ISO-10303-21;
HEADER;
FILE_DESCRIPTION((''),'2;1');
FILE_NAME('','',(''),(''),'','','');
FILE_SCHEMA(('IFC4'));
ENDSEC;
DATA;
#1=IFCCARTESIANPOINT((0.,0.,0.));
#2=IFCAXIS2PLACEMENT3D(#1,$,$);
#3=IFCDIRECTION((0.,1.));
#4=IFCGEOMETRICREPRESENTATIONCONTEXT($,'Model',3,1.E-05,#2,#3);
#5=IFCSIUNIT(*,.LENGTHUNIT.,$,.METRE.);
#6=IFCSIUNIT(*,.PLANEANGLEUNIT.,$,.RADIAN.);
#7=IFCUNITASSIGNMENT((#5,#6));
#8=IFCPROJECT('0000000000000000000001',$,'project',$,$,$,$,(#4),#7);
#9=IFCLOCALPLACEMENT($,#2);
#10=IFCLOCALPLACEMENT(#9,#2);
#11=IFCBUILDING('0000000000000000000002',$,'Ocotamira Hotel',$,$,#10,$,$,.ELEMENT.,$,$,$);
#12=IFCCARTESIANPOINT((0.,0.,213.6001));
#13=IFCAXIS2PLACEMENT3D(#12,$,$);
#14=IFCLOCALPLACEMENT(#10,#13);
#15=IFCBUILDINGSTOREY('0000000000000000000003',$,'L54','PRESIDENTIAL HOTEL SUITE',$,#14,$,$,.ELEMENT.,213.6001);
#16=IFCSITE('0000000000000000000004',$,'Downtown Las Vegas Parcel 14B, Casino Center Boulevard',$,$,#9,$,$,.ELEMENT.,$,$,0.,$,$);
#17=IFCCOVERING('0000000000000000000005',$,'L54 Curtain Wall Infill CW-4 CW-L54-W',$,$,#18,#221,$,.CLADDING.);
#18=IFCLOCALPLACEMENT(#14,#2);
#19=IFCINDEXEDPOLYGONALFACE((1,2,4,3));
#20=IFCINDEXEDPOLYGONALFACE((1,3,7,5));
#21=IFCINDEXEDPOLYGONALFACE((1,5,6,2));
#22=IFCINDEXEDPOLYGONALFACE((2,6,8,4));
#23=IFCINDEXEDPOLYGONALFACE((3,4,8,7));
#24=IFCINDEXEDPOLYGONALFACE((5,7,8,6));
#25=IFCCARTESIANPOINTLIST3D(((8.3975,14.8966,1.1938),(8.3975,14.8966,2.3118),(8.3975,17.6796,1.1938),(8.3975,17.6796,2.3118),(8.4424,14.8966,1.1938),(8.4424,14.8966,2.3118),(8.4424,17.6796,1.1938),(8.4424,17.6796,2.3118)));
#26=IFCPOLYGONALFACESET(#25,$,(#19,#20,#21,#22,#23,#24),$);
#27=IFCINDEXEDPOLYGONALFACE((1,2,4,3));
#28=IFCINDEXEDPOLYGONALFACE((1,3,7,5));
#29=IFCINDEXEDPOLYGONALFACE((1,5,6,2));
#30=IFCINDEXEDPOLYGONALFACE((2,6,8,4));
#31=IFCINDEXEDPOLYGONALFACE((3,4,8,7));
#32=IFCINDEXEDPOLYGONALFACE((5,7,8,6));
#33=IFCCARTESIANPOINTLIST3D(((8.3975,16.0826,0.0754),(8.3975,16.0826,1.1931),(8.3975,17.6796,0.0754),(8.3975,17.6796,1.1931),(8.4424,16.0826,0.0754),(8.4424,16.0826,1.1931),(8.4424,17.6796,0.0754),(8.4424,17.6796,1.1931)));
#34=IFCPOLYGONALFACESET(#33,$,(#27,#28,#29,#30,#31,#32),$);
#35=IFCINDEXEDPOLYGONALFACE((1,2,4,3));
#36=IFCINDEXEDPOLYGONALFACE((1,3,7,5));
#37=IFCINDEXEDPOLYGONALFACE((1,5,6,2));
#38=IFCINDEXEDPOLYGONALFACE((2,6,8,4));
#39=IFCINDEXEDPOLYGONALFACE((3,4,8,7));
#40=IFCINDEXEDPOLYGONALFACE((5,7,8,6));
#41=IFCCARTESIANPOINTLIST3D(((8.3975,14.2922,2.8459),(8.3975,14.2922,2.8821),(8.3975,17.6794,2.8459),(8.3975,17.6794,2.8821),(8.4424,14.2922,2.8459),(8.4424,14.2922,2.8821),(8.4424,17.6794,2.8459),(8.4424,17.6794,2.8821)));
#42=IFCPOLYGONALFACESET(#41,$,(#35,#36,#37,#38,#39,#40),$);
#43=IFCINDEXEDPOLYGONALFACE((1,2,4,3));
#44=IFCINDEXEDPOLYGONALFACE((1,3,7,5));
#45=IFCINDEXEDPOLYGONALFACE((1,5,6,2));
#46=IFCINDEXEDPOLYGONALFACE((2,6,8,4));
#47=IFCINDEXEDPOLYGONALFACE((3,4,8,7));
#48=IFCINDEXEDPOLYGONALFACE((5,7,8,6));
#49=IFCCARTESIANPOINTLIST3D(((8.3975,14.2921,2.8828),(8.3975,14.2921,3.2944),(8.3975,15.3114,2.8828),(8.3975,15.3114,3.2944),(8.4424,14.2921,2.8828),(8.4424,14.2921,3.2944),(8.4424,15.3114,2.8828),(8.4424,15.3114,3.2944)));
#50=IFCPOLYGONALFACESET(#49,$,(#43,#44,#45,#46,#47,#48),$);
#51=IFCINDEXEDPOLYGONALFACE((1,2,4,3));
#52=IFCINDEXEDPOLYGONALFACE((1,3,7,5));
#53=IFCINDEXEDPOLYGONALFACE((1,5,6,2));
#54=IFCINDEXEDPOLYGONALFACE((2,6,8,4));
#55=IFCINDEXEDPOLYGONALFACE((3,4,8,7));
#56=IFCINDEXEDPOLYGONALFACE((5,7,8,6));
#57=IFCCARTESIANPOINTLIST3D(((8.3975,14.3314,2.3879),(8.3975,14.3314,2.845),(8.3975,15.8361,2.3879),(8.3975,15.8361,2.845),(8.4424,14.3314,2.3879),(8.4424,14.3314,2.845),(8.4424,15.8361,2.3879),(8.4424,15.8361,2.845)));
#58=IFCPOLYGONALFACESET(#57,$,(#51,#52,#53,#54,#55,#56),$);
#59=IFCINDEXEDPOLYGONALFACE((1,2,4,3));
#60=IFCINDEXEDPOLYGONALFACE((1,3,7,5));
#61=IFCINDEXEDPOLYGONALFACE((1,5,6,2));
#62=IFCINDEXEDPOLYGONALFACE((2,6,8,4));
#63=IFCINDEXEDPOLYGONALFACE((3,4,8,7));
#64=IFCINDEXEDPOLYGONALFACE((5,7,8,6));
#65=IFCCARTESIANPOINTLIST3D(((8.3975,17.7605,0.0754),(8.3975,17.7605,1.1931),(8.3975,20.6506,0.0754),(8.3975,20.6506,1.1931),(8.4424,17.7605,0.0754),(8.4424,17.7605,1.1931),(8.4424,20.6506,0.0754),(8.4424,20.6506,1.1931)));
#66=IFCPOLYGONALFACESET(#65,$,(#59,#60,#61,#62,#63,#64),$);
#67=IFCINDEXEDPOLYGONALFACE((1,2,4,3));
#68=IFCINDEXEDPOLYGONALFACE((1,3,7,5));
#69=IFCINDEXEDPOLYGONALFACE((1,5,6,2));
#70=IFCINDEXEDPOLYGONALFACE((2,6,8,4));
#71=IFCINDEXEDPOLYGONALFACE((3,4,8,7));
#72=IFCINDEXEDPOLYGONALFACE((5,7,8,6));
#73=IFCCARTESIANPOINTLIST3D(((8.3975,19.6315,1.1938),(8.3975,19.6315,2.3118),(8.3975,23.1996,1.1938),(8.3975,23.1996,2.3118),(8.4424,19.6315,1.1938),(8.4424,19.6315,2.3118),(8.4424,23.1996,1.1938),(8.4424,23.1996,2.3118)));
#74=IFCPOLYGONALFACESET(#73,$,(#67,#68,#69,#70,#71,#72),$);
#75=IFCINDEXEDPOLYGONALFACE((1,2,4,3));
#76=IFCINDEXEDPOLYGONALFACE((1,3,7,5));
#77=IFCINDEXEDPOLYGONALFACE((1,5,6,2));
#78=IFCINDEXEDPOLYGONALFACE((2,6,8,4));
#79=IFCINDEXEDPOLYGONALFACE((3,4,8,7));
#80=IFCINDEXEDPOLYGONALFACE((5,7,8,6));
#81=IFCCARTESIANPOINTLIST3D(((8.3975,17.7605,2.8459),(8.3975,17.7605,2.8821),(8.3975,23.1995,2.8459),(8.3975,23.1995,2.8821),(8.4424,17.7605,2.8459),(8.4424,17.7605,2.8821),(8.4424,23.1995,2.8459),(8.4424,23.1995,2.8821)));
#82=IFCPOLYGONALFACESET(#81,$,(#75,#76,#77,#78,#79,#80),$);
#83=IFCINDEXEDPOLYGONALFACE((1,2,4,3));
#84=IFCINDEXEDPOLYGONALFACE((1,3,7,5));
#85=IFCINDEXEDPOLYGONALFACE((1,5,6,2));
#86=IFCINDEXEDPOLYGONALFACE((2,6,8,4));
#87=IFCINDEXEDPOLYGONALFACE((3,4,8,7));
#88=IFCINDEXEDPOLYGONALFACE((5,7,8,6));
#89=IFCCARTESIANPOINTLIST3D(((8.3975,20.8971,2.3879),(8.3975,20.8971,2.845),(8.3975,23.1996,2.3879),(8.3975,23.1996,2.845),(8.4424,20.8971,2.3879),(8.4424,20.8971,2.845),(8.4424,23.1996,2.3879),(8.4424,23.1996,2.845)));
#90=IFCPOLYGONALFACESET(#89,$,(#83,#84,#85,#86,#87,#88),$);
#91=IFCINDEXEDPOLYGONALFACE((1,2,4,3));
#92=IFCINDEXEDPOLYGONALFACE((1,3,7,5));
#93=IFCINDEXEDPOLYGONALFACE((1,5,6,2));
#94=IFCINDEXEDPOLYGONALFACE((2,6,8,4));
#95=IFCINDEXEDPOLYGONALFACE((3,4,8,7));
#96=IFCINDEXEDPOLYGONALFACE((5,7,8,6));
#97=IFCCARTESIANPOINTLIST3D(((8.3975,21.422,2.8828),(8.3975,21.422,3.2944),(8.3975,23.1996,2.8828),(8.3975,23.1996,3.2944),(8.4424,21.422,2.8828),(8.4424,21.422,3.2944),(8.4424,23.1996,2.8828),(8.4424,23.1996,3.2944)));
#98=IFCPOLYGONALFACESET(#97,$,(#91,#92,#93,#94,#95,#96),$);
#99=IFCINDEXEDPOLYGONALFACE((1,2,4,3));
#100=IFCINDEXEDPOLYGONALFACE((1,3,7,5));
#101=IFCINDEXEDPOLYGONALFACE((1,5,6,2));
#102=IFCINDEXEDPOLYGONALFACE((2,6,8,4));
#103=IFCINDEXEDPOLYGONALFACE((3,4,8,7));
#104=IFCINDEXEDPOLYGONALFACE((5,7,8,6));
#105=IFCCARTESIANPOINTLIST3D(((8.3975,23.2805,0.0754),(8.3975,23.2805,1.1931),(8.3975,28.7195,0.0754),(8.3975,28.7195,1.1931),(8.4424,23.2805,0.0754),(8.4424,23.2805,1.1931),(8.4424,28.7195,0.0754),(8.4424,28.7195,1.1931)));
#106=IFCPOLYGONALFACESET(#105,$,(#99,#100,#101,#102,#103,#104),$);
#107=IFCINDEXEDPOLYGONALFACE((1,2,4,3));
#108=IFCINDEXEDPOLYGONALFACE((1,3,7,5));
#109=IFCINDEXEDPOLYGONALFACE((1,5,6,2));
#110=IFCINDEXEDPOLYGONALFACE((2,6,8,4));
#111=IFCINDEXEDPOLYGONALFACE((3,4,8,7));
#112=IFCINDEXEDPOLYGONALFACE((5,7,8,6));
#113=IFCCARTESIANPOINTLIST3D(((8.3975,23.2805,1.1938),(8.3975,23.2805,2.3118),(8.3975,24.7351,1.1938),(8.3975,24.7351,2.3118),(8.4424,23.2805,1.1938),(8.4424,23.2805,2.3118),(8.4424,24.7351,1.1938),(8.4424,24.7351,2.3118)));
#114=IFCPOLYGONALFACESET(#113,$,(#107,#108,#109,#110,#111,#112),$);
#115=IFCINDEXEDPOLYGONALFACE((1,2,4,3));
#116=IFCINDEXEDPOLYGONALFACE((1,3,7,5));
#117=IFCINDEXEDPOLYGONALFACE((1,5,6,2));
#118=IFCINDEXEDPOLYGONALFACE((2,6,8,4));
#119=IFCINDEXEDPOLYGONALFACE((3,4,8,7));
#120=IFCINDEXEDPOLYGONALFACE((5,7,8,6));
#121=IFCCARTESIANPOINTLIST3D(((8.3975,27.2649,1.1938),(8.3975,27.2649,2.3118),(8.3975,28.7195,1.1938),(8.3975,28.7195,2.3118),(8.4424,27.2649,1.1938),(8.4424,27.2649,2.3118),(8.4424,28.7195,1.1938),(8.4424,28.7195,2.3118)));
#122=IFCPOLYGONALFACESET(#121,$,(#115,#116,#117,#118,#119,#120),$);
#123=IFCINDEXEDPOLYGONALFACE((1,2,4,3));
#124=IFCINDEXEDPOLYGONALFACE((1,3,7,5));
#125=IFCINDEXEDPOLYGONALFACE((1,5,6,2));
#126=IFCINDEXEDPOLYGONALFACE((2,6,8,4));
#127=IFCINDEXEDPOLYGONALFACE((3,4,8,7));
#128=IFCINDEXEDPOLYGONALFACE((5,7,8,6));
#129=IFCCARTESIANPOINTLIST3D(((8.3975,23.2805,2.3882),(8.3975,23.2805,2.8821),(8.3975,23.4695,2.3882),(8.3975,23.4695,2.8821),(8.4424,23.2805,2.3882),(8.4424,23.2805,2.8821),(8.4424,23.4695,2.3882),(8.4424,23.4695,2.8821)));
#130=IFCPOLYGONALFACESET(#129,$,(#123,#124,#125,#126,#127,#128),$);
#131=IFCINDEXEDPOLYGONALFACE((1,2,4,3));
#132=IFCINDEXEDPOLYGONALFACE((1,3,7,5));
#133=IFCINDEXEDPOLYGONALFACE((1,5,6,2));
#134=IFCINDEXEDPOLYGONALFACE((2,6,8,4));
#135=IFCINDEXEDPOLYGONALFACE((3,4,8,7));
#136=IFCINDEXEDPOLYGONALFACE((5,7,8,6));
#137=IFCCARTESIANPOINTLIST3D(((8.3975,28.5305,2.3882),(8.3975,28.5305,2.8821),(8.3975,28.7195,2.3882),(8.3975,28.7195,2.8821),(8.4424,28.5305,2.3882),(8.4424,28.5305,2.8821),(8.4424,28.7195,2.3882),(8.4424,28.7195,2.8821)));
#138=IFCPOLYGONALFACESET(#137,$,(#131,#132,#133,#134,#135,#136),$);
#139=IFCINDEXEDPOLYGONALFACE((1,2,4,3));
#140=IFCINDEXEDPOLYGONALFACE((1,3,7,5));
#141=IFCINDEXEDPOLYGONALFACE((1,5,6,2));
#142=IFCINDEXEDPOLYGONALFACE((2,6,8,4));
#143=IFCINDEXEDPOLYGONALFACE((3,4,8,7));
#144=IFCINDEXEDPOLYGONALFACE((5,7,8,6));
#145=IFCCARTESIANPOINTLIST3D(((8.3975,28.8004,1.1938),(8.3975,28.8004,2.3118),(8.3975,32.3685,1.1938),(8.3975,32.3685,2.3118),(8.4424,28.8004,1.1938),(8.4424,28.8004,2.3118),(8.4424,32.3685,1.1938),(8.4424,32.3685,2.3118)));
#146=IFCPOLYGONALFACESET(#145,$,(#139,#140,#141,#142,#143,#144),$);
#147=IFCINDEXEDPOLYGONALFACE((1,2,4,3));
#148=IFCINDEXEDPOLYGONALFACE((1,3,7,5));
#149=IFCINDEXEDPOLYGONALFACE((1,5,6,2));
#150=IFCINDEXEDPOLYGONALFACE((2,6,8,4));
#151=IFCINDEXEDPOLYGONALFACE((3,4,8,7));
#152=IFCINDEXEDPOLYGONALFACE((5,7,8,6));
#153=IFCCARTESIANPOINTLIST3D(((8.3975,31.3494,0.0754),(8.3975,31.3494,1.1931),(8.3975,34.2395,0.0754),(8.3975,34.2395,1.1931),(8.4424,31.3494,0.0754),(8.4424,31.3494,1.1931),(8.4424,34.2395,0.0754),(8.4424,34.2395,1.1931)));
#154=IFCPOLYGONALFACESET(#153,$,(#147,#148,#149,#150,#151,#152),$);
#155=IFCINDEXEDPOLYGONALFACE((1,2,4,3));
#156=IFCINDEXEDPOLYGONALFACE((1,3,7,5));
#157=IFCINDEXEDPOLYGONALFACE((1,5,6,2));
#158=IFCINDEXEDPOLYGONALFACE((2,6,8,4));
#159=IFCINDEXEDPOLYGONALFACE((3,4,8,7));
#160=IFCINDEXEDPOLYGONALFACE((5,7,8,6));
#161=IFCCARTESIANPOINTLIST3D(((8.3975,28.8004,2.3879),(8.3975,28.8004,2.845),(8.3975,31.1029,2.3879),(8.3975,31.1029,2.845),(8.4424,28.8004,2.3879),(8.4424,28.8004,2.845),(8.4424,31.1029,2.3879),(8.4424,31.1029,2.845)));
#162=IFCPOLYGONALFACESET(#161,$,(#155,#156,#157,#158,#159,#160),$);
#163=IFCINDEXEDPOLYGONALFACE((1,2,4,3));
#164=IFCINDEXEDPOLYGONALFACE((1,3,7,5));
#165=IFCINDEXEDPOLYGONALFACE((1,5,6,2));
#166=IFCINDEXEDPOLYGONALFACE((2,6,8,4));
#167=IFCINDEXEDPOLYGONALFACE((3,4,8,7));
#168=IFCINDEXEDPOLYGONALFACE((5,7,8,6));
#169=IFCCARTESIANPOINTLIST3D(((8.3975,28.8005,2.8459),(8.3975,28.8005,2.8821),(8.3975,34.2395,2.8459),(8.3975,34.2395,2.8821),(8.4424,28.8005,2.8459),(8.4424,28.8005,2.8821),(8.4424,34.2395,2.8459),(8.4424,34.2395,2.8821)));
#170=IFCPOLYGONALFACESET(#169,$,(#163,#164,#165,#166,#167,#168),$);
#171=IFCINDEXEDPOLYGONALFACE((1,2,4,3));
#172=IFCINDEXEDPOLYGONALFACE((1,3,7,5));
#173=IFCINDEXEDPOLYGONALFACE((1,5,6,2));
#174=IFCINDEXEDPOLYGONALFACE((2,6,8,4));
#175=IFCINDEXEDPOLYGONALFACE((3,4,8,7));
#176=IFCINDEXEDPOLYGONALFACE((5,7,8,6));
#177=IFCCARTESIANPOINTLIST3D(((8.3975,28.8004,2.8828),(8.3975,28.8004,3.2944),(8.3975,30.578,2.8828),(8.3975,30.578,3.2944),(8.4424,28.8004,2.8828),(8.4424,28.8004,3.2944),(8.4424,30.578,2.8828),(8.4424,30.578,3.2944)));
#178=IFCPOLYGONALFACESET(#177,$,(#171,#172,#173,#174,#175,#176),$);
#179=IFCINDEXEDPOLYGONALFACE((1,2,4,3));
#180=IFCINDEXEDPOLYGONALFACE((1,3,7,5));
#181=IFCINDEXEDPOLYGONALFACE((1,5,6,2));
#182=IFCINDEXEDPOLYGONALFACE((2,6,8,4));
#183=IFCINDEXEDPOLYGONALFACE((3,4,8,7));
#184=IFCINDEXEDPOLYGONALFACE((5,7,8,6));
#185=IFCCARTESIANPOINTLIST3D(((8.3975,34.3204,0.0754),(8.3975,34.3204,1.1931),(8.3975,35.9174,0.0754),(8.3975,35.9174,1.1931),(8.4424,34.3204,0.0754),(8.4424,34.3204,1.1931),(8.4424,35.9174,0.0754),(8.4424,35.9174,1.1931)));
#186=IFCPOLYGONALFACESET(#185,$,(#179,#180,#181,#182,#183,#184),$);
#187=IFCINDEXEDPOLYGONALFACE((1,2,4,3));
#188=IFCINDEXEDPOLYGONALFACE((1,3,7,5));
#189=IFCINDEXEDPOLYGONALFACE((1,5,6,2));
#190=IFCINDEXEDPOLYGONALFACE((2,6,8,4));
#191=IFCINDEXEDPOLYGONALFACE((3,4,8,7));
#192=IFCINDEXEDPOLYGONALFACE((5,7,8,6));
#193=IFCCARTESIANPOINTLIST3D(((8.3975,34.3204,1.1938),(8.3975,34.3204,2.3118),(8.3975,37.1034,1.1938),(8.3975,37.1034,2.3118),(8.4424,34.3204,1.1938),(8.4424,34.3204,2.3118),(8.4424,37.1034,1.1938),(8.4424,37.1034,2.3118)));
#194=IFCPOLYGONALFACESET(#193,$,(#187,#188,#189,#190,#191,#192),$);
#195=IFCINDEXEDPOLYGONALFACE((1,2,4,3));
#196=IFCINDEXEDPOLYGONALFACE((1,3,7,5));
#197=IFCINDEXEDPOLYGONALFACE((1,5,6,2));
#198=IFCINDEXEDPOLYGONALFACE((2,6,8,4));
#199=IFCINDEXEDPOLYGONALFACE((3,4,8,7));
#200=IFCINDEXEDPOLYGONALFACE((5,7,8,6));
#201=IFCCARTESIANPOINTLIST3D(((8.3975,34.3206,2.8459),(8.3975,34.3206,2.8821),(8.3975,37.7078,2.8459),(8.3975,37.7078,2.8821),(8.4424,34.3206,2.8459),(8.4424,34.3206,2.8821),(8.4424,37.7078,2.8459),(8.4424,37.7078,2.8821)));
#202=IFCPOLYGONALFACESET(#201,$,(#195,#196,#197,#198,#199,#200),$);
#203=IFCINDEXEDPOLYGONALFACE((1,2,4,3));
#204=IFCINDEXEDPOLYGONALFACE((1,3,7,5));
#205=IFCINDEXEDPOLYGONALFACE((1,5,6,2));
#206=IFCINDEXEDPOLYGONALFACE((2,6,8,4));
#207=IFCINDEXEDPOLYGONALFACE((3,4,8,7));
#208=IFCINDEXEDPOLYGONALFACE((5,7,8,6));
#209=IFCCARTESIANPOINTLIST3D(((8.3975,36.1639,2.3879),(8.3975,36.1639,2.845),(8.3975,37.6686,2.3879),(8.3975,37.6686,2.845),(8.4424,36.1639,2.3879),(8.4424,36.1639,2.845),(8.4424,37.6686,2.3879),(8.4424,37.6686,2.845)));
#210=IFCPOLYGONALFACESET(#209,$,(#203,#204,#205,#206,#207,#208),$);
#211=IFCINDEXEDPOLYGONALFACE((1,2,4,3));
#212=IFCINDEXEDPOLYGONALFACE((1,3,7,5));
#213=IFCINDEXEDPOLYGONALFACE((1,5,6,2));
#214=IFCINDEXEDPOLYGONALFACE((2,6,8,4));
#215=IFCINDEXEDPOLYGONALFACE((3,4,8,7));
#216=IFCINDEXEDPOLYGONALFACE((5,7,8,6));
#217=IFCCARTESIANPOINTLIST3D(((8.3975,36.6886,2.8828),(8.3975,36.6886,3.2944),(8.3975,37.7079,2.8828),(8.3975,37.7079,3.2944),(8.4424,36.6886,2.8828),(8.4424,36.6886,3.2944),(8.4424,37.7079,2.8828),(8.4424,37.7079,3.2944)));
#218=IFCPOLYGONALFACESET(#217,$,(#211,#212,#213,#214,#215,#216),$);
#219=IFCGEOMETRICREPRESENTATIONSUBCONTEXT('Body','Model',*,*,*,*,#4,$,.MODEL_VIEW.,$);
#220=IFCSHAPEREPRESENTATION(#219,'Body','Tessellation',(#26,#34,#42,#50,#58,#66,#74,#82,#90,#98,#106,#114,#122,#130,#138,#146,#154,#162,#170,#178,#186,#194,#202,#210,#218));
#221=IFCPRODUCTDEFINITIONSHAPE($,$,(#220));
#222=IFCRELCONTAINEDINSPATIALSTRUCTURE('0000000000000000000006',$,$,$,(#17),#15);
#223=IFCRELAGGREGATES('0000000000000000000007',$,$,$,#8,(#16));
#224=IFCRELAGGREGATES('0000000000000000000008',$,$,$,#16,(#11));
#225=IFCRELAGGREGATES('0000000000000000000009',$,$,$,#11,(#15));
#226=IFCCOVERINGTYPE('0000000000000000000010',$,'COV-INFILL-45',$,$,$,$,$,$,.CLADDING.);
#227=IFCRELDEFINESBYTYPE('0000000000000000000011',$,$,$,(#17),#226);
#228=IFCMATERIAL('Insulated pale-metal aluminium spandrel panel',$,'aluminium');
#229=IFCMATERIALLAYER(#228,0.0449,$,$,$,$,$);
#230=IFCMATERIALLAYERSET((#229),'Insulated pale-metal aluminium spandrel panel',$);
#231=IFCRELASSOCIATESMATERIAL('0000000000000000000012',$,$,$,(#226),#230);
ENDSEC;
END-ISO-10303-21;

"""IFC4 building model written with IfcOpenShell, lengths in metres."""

from ifc_helpers import new_model, si_unit, direction, frame, origin, origin_2d, place, context, subcontext, project, spatial, rectangle, extrude, material, layer, layer_set, type_object, element, save


model = new_model("IFC4")

# Units and contexts
model_context = context("Model", 3, precision=1e-05, world=origin(), true_north=direction((0.0, 1.0)))
body_context = subcontext(model_context, "Body", "Model", "MODEL_VIEW")
ifc_project = project(units=[si_unit("LENGTHUNIT", "METRE"), si_unit("PLANEANGLEUNIT", "RADIAN")], contexts=[model_context])

# Site, building, storey
site_placement = place(None, origin())
site = spatial("IfcSite", under=ifc_project, at=site_placement, Name="Downtown Las Vegas Parcel 14B, Casino Center Boulevard", CompositionType="ELEMENT", RefElevation=0.0)
building_placement = place(site_placement, origin())
building = spatial("IfcBuilding", under=site, at=building_placement, Name="Ocotamira Hotel", CompositionType="ELEMENT")
storey_placement = place(building_placement, frame((0.0, 0.0, 213.6001)))
storey = spatial("IfcBuildingStorey", under=building, at=storey_placement, Name="L54", Description="PRESIDENTIAL HOTEL SUITE", CompositionType="ELEMENT", Elevation=213.6001)

# Covering
ifc_material_1 = material(Name="Insulated pale-metal aluminium spandrel panel", Category="aluminium")
ifc_layer_1 = layer(ifc_material_1, 0.0449)
ifc_layer_set_1 = layer_set([ifc_layer_1], Name="Insulated pale-metal aluminium spandrel panel")
covering_type_1 = type_object("IfcCoveringType", Name="COV-INFILL-45", PredefinedType="CLADDING", material=ifc_layer_set_1)
covering_1_placement = place(storey_placement, origin())
element("IfcCovering", 1, at=covering_1_placement, inside=storey, type_object=covering_type_1, Name="L54 Curtain Wall Infill CW-4 CW-L54-W", PredefinedType="CLADDING", context=body_context, shape_type="SweptSolid", body=[
    extrude(rectangle(XDim=2.783, YDim=0.0449, at=origin_2d()), frame((8.4199, 16.2881, 1.1938), z_axis=(0.0, 0.0, 1.0), x_axis=(0.0, 1.0, 0.0)), (0.0, 0.0, 1.0), 1.1179),
    extrude(rectangle(XDim=1.5969, YDim=0.0449, at=origin_2d()), frame((8.4199, 16.8811, 0.0754), z_axis=(0.0, 0.0, 1.0), x_axis=(0.0, 1.0, 0.0)), (0.0, 0.0, 1.0), 1.1177),
    extrude(rectangle(XDim=3.3872, YDim=0.0449, at=origin_2d()), frame((8.4199, 15.9858, 2.8459), z_axis=(0.0, 0.0, 1.0), x_axis=(0.0, 1.0, 0.0)), (0.0, 0.0, 1.0), 0.0361),
    extrude(rectangle(XDim=1.0193, YDim=0.0449, at=origin_2d()), frame((8.4199, 14.8018, 2.8828), z_axis=(0.0, 0.0, 1.0), x_axis=(0.0, 1.0, 0.0)), (0.0, 0.0, 1.0), 0.4116),
    extrude(rectangle(XDim=1.5046, YDim=0.0449, at=origin_2d()), frame((8.4199, 15.0837, 2.3879), z_axis=(0.0, 0.0, 1.0), x_axis=(0.0, 1.0, 0.0)), (0.0, 0.0, 1.0), 0.457),
    extrude(rectangle(XDim=2.8901, YDim=0.0449, at=origin_2d()), frame((8.4199, 19.2056, 0.0754), z_axis=(0.0, 0.0, 1.0), x_axis=(0.0, 1.0, 0.0)), (0.0, 0.0, 1.0), 1.1177),
    extrude(rectangle(XDim=3.5681, YDim=0.0449, at=origin_2d()), frame((8.4199, 21.4155, 1.1938), z_axis=(0.0, 0.0, 1.0), x_axis=(0.0, 1.0, 0.0)), (0.0, 0.0, 1.0), 1.1179),
    extrude(rectangle(XDim=5.439, YDim=0.0449, at=origin_2d()), frame((8.4199, 20.48, 2.8459), z_axis=(0.0, 0.0, 1.0), x_axis=(0.0, 1.0, 0.0)), (0.0, 0.0, 1.0), 0.0361),
    extrude(rectangle(XDim=2.3025, YDim=0.0449, at=origin_2d()), frame((8.4199, 22.0483, 2.3879), z_axis=(0.0, 0.0, 1.0), x_axis=(0.0, 1.0, 0.0)), (0.0, 0.0, 1.0), 0.457),
    extrude(rectangle(XDim=1.7776, YDim=0.0449, at=origin_2d()), frame((8.4199, 22.3108, 2.8828), z_axis=(0.0, 0.0, 1.0), x_axis=(0.0, 1.0, 0.0)), (0.0, 0.0, 1.0), 0.4116),
    extrude(rectangle(XDim=5.439, YDim=0.0449, at=origin_2d()), frame((8.4199, 26.0, 0.0754), z_axis=(0.0, 0.0, 1.0), x_axis=(0.0, 1.0, 0.0)), (0.0, 0.0, 1.0), 1.1177),
    extrude(rectangle(XDim=1.4546, YDim=0.0449, at=origin_2d()), frame((8.4199, 24.0078, 1.1938), z_axis=(0.0, 0.0, 1.0), x_axis=(0.0, 1.0, 0.0)), (0.0, 0.0, 1.0), 1.1179),
    extrude(rectangle(XDim=1.4546, YDim=0.0449, at=origin_2d()), frame((8.4199, 27.9922, 1.1938), z_axis=(0.0, 0.0, 1.0), x_axis=(0.0, 1.0, 0.0)), (0.0, 0.0, 1.0), 1.1179),
    extrude(rectangle(XDim=0.189, YDim=0.0449, at=origin_2d()), frame((8.4199, 23.375, 2.3882), z_axis=(0.0, 0.0, 1.0), x_axis=(0.0, 1.0, 0.0)), (0.0, 0.0, 1.0), 0.4939),
    extrude(rectangle(XDim=0.189, YDim=0.0449, at=origin_2d()), frame((8.4199, 28.625, 2.3882), z_axis=(0.0, 0.0, 1.0), x_axis=(0.0, 1.0, 0.0)), (0.0, 0.0, 1.0), 0.4939),
    extrude(rectangle(XDim=3.5681, YDim=0.0449, at=origin_2d()), frame((8.4199, 30.5845, 1.1938), z_axis=(0.0, 0.0, 1.0), x_axis=(0.0, 1.0, 0.0)), (0.0, 0.0, 1.0), 1.1179),
    extrude(rectangle(XDim=2.8901, YDim=0.0449, at=origin_2d()), frame((8.4199, 32.7944, 0.0754), z_axis=(0.0, 0.0, 1.0), x_axis=(0.0, 1.0, 0.0)), (0.0, 0.0, 1.0), 1.1177),
    extrude(rectangle(XDim=2.3025, YDim=0.0449, at=origin_2d()), frame((8.4199, 29.9517, 2.3879), z_axis=(0.0, 0.0, 1.0), x_axis=(0.0, 1.0, 0.0)), (0.0, 0.0, 1.0), 0.457),
    extrude(rectangle(XDim=5.439, YDim=0.0449, at=origin_2d()), frame((8.4199, 31.52, 2.8459), z_axis=(0.0, 0.0, 1.0), x_axis=(0.0, 1.0, 0.0)), (0.0, 0.0, 1.0), 0.0361),
    extrude(rectangle(XDim=1.7776, YDim=0.0449, at=origin_2d()), frame((8.4199, 29.6892, 2.8828), z_axis=(0.0, 0.0, 1.0), x_axis=(0.0, 1.0, 0.0)), (0.0, 0.0, 1.0), 0.4116),
    extrude(rectangle(XDim=1.5969, YDim=0.0449, at=origin_2d()), frame((8.4199, 35.1189, 0.0754), z_axis=(0.0, 0.0, 1.0), x_axis=(0.0, 1.0, 0.0)), (0.0, 0.0, 1.0), 1.1177),
    extrude(rectangle(XDim=2.783, YDim=0.0449, at=origin_2d()), frame((8.4199, 35.7119, 1.1938), z_axis=(0.0, 0.0, 1.0), x_axis=(0.0, 1.0, 0.0)), (0.0, 0.0, 1.0), 1.1179),
    extrude(rectangle(XDim=3.3872, YDim=0.0449, at=origin_2d()), frame((8.4199, 36.0142, 2.8459), z_axis=(0.0, 0.0, 1.0), x_axis=(0.0, 1.0, 0.0)), (0.0, 0.0, 1.0), 0.0361),
    extrude(rectangle(XDim=1.5046, YDim=0.0449, at=origin_2d()), frame((8.4199, 36.9163, 2.3879), z_axis=(0.0, 0.0, 1.0), x_axis=(0.0, 1.0, 0.0)), (0.0, 0.0, 1.0), 0.457),
    extrude(rectangle(XDim=1.0193, YDim=0.0449, at=origin_2d()), frame((8.4199, 37.1982, 2.8828), z_axis=(0.0, 0.0, 1.0), x_axis=(0.0, 1.0, 0.0)), (0.0, 0.0, 1.0), 0.4116),
])

save(model, "model.ifc")
